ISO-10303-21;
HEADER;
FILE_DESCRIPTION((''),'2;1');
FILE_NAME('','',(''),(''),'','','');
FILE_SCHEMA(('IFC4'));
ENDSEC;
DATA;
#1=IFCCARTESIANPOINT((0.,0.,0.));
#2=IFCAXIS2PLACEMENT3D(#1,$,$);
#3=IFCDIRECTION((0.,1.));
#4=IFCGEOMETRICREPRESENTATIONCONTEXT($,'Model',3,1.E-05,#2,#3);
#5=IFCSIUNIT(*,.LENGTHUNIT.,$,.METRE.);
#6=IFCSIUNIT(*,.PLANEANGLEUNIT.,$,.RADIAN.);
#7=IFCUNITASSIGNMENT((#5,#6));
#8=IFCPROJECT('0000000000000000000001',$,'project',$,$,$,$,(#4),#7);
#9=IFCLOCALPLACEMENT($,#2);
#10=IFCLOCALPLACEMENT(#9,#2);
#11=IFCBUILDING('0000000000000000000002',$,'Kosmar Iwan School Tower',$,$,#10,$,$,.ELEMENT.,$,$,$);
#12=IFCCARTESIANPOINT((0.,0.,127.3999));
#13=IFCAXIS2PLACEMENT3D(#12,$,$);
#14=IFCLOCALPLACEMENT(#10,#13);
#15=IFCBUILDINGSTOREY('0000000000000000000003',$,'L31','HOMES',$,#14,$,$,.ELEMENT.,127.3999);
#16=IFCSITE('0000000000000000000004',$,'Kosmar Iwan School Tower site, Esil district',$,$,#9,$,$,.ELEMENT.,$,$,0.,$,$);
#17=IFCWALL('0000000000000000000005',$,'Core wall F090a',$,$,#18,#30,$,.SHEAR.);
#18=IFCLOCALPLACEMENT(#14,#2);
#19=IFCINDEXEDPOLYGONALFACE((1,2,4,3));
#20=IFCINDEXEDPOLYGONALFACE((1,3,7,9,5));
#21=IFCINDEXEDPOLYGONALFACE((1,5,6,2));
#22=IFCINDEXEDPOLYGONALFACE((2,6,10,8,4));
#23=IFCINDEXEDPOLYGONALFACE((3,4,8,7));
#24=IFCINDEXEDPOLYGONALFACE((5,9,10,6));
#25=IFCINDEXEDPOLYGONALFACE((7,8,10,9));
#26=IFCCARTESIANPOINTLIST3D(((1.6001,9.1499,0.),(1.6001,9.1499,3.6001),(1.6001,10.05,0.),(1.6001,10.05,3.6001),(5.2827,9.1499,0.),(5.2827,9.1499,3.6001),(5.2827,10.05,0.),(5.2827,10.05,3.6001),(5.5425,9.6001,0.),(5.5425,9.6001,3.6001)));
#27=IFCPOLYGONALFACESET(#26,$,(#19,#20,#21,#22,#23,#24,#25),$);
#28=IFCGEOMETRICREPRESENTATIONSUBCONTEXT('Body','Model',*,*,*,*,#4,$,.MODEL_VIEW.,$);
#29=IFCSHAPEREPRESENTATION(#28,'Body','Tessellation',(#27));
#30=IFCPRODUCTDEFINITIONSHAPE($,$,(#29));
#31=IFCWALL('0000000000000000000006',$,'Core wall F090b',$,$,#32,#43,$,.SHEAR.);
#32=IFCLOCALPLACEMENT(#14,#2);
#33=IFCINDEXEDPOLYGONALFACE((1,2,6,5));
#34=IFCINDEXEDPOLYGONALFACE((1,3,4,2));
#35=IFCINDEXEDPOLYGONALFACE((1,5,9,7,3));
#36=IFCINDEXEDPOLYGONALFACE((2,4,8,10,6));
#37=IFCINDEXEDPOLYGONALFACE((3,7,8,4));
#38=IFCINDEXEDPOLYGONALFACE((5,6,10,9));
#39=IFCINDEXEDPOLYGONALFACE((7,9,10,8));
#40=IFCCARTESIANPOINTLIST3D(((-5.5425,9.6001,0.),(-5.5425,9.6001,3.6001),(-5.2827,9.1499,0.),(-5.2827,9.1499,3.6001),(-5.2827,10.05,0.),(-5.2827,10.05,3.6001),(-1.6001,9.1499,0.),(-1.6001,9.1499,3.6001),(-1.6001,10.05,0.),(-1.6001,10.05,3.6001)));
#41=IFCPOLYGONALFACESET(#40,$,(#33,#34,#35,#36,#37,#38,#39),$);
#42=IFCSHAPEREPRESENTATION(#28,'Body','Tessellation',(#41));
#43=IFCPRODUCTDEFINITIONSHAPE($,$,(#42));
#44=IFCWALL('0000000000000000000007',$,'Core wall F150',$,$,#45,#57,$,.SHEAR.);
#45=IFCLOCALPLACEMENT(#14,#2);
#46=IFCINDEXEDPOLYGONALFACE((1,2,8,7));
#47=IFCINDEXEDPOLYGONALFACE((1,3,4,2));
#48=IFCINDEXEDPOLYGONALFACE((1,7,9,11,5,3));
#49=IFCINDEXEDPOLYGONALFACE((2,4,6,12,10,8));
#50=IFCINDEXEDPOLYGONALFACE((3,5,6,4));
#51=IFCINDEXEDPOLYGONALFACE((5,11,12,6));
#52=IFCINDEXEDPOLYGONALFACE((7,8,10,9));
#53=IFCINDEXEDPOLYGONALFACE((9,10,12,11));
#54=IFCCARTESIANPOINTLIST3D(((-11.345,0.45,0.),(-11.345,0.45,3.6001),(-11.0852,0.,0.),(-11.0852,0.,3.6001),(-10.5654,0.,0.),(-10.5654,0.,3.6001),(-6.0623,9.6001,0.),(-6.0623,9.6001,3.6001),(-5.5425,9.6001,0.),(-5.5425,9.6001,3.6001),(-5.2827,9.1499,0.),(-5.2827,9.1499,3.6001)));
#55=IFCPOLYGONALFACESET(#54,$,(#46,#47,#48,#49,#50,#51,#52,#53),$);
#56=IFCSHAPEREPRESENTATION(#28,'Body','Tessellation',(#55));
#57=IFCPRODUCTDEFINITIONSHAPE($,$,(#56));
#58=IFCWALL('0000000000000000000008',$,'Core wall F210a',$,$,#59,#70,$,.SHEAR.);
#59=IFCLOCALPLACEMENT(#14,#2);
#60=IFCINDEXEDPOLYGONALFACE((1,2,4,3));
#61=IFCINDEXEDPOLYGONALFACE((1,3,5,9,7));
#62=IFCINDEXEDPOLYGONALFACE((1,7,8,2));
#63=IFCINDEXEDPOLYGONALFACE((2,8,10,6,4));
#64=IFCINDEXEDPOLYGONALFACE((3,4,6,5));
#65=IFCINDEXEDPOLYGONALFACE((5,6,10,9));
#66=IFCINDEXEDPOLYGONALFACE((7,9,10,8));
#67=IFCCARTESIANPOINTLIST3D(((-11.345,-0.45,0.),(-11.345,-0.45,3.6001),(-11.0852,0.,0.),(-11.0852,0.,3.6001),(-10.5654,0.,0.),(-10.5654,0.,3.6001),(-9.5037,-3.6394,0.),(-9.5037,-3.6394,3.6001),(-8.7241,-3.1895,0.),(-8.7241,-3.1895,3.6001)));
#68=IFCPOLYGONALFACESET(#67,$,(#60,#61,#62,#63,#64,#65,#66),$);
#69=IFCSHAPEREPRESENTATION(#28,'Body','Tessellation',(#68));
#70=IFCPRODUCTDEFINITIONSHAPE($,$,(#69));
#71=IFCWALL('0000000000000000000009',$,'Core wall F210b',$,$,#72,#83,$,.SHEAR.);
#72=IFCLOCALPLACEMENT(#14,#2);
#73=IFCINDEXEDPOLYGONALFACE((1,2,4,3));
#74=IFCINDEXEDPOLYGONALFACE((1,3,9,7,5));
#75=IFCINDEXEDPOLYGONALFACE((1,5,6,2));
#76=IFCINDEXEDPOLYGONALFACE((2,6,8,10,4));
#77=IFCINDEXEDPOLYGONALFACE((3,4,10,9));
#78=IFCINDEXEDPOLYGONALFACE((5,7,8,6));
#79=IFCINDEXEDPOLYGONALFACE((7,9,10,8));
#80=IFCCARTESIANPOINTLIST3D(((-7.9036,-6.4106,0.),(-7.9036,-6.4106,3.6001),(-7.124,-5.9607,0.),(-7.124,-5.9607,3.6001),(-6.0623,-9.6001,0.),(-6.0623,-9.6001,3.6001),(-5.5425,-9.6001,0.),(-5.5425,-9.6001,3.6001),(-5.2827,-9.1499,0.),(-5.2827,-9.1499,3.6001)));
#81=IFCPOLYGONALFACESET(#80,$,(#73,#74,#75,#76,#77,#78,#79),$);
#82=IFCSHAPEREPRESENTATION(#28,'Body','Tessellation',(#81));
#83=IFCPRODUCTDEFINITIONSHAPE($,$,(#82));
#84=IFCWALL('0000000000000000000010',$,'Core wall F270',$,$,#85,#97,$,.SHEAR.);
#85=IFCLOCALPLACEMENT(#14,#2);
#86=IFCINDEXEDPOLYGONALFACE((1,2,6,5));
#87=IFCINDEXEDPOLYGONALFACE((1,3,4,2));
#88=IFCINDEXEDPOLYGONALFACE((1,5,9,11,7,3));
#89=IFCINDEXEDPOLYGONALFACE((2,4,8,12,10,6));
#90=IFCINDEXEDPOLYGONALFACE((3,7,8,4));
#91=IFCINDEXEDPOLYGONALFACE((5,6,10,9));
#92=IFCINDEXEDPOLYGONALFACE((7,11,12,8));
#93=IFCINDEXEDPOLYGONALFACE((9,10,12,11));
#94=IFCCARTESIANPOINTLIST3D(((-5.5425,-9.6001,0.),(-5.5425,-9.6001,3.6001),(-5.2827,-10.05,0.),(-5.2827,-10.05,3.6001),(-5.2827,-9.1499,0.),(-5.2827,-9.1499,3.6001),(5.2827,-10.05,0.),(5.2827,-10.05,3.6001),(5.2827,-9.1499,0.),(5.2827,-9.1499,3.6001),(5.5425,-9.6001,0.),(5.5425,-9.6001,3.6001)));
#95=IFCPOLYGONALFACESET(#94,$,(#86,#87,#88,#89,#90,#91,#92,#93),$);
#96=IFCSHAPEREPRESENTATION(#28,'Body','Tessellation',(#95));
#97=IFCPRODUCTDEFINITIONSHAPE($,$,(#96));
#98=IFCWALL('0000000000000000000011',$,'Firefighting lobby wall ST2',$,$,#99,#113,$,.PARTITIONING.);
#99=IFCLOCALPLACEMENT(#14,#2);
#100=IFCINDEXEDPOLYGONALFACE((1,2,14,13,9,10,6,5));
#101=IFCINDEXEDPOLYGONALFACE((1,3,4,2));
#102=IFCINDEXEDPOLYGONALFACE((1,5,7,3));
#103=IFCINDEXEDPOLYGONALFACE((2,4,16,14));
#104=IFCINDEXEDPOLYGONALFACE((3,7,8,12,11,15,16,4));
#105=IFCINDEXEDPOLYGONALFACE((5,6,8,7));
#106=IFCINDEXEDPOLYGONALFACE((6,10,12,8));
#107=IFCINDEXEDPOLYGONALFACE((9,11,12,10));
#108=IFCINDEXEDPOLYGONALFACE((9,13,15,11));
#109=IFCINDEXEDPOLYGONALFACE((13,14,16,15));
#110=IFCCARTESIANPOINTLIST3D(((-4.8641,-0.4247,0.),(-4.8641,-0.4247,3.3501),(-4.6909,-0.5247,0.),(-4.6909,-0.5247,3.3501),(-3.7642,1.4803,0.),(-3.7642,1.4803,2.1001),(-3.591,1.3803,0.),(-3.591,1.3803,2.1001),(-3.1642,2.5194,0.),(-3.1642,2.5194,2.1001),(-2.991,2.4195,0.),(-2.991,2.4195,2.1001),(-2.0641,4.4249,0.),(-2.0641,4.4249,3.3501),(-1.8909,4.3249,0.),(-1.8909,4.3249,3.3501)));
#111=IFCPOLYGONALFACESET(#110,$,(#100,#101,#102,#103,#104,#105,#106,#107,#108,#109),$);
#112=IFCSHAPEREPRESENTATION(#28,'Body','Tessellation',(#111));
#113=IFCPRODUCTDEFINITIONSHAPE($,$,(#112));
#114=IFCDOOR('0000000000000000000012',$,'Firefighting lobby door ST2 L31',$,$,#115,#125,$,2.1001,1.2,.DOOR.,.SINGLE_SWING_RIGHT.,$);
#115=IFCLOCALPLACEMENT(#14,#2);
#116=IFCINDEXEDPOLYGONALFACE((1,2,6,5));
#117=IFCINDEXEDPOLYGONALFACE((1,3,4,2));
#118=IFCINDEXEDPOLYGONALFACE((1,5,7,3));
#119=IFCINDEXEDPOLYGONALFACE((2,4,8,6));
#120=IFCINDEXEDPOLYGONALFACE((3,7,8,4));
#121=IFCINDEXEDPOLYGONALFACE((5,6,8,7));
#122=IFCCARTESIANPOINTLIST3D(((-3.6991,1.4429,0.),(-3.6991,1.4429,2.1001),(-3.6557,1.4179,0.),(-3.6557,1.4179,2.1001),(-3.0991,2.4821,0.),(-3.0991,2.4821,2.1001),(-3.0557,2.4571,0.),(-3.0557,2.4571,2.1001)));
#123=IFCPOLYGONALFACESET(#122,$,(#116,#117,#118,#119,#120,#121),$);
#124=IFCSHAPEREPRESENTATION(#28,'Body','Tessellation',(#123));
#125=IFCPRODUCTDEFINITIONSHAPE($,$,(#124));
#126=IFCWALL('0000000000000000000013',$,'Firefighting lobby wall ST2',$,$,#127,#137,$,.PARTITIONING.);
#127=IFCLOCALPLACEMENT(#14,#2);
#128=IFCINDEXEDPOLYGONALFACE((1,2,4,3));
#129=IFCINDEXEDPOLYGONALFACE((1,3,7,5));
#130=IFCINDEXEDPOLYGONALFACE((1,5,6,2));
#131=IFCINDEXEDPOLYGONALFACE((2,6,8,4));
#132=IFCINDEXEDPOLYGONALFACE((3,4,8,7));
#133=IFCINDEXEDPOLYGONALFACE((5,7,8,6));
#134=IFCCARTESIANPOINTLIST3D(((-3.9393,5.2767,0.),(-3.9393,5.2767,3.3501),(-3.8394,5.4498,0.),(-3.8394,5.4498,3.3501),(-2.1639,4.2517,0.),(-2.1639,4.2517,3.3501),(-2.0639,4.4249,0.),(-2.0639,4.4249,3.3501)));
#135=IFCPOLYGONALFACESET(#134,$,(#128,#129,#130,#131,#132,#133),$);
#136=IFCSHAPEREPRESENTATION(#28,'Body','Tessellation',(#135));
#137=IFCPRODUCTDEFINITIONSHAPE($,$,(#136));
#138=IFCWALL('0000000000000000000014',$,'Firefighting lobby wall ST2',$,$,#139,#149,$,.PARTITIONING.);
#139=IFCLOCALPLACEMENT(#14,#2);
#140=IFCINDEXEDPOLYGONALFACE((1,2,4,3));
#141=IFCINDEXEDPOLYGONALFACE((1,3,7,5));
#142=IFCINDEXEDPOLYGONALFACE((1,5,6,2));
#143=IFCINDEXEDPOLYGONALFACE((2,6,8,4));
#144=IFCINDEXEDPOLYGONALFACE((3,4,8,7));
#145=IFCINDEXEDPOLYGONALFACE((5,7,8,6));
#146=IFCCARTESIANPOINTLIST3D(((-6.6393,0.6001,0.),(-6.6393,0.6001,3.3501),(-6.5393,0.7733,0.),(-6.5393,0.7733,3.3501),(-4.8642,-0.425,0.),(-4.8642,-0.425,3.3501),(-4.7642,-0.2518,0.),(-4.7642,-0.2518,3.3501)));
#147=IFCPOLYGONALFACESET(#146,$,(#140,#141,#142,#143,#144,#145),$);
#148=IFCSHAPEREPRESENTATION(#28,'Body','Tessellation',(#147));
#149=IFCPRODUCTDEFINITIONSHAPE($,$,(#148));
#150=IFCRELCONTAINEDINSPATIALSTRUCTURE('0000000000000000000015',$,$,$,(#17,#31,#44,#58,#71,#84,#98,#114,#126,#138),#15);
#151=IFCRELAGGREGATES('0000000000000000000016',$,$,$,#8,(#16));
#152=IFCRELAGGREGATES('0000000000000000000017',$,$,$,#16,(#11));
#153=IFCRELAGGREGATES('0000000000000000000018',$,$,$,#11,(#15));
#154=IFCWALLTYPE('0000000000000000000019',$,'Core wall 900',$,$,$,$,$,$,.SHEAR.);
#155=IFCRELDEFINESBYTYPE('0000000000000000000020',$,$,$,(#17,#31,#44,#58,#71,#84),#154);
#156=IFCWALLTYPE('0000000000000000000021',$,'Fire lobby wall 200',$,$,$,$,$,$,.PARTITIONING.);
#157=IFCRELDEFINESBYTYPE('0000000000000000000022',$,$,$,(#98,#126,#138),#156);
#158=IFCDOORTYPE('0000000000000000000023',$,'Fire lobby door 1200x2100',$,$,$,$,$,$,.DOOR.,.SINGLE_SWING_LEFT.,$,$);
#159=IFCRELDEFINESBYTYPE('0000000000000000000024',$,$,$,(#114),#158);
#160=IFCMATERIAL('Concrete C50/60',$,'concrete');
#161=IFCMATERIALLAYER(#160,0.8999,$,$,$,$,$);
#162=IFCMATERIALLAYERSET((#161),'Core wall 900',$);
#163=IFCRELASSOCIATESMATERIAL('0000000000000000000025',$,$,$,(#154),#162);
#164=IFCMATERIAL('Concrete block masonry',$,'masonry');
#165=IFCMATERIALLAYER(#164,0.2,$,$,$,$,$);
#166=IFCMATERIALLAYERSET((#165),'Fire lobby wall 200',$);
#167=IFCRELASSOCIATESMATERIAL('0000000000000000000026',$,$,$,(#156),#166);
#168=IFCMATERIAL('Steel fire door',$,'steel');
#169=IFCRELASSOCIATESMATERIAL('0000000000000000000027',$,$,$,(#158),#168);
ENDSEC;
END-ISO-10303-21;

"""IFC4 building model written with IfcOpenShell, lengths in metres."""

from ifc_helpers import new_model, si_unit, direction, frame, frame_2d, origin, place, context, subcontext, project, spatial, polyline, rectangle, outline, extrude, material, layer, layer_set, type_object, element, fill, save


model = new_model("IFC4")

# Units and contexts
model_context = context("Model", 3, precision=1e-05, world=origin(), true_north=direction((0.0, 1.0)))
body_context = subcontext(model_context, "Body", "Model", "MODEL_VIEW")
ifc_project = project(units=[si_unit("LENGTHUNIT", "METRE"), si_unit("PLANEANGLEUNIT", "RADIAN")], contexts=[model_context])

# Site, building, storey
site_placement = place(None, origin())
site = spatial("IfcSite", under=ifc_project, at=site_placement, Name="Kosmar Iwan School Tower site, Esil district", CompositionType="ELEMENT", RefElevation=0.0)
building_placement = place(site_placement, origin())
building = spatial("IfcBuilding", under=site, at=building_placement, Name="Kosmar Iwan School Tower", CompositionType="ELEMENT")
storey_placement = place(building_placement, frame((0.0, 0.0, 127.3999)))
storey = spatial("IfcBuildingStorey", under=building, at=storey_placement, Name="L31", Description="HOMES", CompositionType="ELEMENT", Elevation=127.3999)

# Walls
ifc_material_1 = material(Name="Concrete C50/60", Category="concrete")
ifc_layer_1 = layer(ifc_material_1, 0.8999)
ifc_layer_set_1 = layer_set([ifc_layer_1], Name="Core wall 900")
wall_type_1 = type_object("IfcWallType", Name="Core wall 900", PredefinedType="SHEAR", material=ifc_layer_set_1)
wall_1_placement = place(storey_placement, origin())
element("IfcWall", 1, at=wall_1_placement, inside=storey, type_object=wall_type_1, Name="Core wall F090a", PredefinedType="SHEAR", context=body_context, shape_type="SweptSolid", body=[
    extrude(outline(polyline([(1.6001, 9.1499), (5.2827, 9.1499), (5.5425, 9.6001), (5.2827, 10.05), (1.6001, 10.05), (1.6001, 9.1499)])), origin(), (0.0, 0.0, 1.0), 3.6001),
])
wall_2_placement = place(storey_placement, origin())
element("IfcWall", 2, at=wall_2_placement, inside=storey, type_object=wall_type_1, Name="Core wall F090b", PredefinedType="SHEAR", context=body_context, shape_type="SweptSolid", body=[
    extrude(outline(polyline([(-5.2827, 9.1499), (-1.6001, 9.1499), (-1.6001, 10.05), (-5.2827, 10.05), (-5.5425, 9.6001), (-5.2827, 9.1499)])), origin(), (0.0, 0.0, 1.0), 3.6001),
])
wall_3_placement = place(storey_placement, origin())
element("IfcWall", 3, at=wall_3_placement, inside=storey, type_object=wall_type_1, Name="Core wall F150", PredefinedType="SHEAR", context=body_context, shape_type="SweptSolid", body=[
    extrude(outline(polyline([(-11.0852, 0.0), (-10.5654, 0.0), (-5.2827, 9.1499), (-5.5425, 9.6001), (-6.0623, 9.6001), (-11.345, 0.45), (-11.0852, 0.0)])), origin(), (0.0, 0.0, 1.0), 3.6001),
])
wall_4_placement = place(storey_placement, origin())
element("IfcWall", 4, at=wall_4_placement, inside=storey, type_object=wall_type_1, Name="Core wall F210a", PredefinedType="SHEAR", context=body_context, shape_type="SweptSolid", body=[
    extrude(outline(polyline([(-9.5037, -3.6394), (-8.7241, -3.1895), (-10.5654, 0.0), (-11.0852, 0.0), (-11.345, -0.45), (-9.5037, -3.6394)])), origin(), (0.0, 0.0, 1.0), 3.6001),
])
wall_5_placement = place(storey_placement, origin())
element("IfcWall", 5, at=wall_5_placement, inside=storey, type_object=wall_type_1, Name="Core wall F210b", PredefinedType="SHEAR", context=body_context, shape_type="SweptSolid", body=[
    extrude(outline(polyline([(-6.0623, -9.6001), (-5.5425, -9.6001), (-5.2827, -9.1499), (-7.124, -5.9607), (-7.9036, -6.4106), (-6.0623, -9.6001)])), origin(), (0.0, 0.0, 1.0), 3.6001),
])
wall_6_placement = place(storey_placement, origin())
element("IfcWall", 6, at=wall_6_placement, inside=storey, type_object=wall_type_1, Name="Core wall F270", PredefinedType="SHEAR", context=body_context, shape_type="SweptSolid", body=[
    extrude(outline(polyline([(-5.2827, -10.05), (5.2827, -10.05), (5.5425, -9.6001), (5.2827, -9.1499), (-5.2827, -9.1499), (-5.5425, -9.6001), (-5.2827, -10.05)])), origin(), (0.0, 0.0, 1.0), 3.6001),
])

# Wall, opening, door
ifc_material_2 = material(Name="Concrete block masonry", Category="masonry")
ifc_layer_2 = layer(ifc_material_2, 0.2)
ifc_layer_set_2 = layer_set([ifc_layer_2], Name="Fire lobby wall 200")
wall_type_2 = type_object("IfcWallType", Name="Fire lobby wall 200", PredefinedType="PARTITIONING", material=ifc_layer_set_2)
wall_7_placement = place(storey_placement, frame((-1.9775, 4.3748, 0.0), z_axis=(0.0, 0.0, 1.0), x_axis=(-0.500017, -0.866016, 0.0)))
wall_7 = element("IfcWall", 7, at=wall_7_placement, inside=storey, type_object=wall_type_2, Name="Firefighting lobby wall ST2", PredefinedType="PARTITIONING", context=body_context, shape_type="SweptSolid", body=[
    extrude(rectangle(XDim=5.5999, YDim=0.2, at=frame_2d((2.7998, 0.0))), origin(), (0.0, 0.0, 1.0), 3.3501),
])
opening_1_placement = place(wall_7_placement, frame((2.2, 0.0, 0.0)))
opening_1 = element("IfcOpeningElement", 8, at=opening_1_placement, cuts=wall_7, PredefinedType="OPENING", context=body_context, shape_type="SweptSolid", body=[
    extrude(rectangle(XDim=1.2, YDim=2.1001, at=frame_2d((0.6001, 1.05))), frame((0.0, 0.1121, 0.0), z_axis=(0.0, -1.0, 0.0), x_axis=(1.0, 0.0, 0.0)), (0.0, 0.0, 1.0), 0.2239),
])
ifc_material_3 = material(Name="Steel fire door", Category="steel")
door_type_1 = type_object("IfcDoorType", Name="Fire lobby door 1200x2100", OperationType="SINGLE_SWING_LEFT", PredefinedType="DOOR", material=ifc_material_3)
door_1_placement = place(opening_1_placement, frame((1.2, 0.0, 0.0), z_axis=(0.0, 0.0, 1.0), x_axis=(-1.0, 0.0, 0.0)))
door_1 = element("IfcDoor", 9, at=door_1_placement, inside=storey, type_object=door_type_1, Name="Firefighting lobby door ST2 L31", OperationType="SINGLE_SWING_RIGHT", OverallHeight=2.1001, OverallWidth=1.2, PredefinedType="DOOR", context=body_context, shape_type="SweptSolid", body=[
    extrude(rectangle(XDim=1.2, YDim=2.1001, at=frame_2d((0.6001, 1.05))), frame((0.0, 0.0249, 0.0), z_axis=(0.0, -1.0, 0.0), x_axis=(1.0, 0.0, 0.0)), (0.0, 0.0, 1.0), 0.05),
])
fill(opening_1, door_1)

# Walls
wall_8_placement = place(storey_placement, frame((-2.114, 4.3384, 0.0), z_axis=(0.0, 0.0, 1.0), x_axis=(-0.866051, 0.499956, 0.0)))
element("IfcWall", 10, at=wall_8_placement, inside=storey, type_object=wall_type_2, Name="Firefighting lobby wall ST2", PredefinedType="PARTITIONING", context=body_context, shape_type="SweptSolid", body=[
    extrude(rectangle(XDim=2.05, YDim=0.2, at=frame_2d((1.0249, 0.0))), origin(), (0.0, 0.0, 1.0), 3.3501),
])
wall_9_placement = place(storey_placement, frame((-4.8142, -0.3384, 0.0), z_axis=(0.0, 0.0, 1.0), x_axis=(-0.865969, 0.500097, 0.0)))
element("IfcWall", 11, at=wall_9_placement, inside=storey, type_object=wall_type_2, Name="Firefighting lobby wall ST2", PredefinedType="PARTITIONING", context=body_context, shape_type="SweptSolid", body=[
    extrude(rectangle(XDim=2.0498, YDim=0.2, at=frame_2d((1.0249, 0.0))), origin(), (0.0, 0.0, 1.0), 3.3501),
])

save(model, "model.ifc")
